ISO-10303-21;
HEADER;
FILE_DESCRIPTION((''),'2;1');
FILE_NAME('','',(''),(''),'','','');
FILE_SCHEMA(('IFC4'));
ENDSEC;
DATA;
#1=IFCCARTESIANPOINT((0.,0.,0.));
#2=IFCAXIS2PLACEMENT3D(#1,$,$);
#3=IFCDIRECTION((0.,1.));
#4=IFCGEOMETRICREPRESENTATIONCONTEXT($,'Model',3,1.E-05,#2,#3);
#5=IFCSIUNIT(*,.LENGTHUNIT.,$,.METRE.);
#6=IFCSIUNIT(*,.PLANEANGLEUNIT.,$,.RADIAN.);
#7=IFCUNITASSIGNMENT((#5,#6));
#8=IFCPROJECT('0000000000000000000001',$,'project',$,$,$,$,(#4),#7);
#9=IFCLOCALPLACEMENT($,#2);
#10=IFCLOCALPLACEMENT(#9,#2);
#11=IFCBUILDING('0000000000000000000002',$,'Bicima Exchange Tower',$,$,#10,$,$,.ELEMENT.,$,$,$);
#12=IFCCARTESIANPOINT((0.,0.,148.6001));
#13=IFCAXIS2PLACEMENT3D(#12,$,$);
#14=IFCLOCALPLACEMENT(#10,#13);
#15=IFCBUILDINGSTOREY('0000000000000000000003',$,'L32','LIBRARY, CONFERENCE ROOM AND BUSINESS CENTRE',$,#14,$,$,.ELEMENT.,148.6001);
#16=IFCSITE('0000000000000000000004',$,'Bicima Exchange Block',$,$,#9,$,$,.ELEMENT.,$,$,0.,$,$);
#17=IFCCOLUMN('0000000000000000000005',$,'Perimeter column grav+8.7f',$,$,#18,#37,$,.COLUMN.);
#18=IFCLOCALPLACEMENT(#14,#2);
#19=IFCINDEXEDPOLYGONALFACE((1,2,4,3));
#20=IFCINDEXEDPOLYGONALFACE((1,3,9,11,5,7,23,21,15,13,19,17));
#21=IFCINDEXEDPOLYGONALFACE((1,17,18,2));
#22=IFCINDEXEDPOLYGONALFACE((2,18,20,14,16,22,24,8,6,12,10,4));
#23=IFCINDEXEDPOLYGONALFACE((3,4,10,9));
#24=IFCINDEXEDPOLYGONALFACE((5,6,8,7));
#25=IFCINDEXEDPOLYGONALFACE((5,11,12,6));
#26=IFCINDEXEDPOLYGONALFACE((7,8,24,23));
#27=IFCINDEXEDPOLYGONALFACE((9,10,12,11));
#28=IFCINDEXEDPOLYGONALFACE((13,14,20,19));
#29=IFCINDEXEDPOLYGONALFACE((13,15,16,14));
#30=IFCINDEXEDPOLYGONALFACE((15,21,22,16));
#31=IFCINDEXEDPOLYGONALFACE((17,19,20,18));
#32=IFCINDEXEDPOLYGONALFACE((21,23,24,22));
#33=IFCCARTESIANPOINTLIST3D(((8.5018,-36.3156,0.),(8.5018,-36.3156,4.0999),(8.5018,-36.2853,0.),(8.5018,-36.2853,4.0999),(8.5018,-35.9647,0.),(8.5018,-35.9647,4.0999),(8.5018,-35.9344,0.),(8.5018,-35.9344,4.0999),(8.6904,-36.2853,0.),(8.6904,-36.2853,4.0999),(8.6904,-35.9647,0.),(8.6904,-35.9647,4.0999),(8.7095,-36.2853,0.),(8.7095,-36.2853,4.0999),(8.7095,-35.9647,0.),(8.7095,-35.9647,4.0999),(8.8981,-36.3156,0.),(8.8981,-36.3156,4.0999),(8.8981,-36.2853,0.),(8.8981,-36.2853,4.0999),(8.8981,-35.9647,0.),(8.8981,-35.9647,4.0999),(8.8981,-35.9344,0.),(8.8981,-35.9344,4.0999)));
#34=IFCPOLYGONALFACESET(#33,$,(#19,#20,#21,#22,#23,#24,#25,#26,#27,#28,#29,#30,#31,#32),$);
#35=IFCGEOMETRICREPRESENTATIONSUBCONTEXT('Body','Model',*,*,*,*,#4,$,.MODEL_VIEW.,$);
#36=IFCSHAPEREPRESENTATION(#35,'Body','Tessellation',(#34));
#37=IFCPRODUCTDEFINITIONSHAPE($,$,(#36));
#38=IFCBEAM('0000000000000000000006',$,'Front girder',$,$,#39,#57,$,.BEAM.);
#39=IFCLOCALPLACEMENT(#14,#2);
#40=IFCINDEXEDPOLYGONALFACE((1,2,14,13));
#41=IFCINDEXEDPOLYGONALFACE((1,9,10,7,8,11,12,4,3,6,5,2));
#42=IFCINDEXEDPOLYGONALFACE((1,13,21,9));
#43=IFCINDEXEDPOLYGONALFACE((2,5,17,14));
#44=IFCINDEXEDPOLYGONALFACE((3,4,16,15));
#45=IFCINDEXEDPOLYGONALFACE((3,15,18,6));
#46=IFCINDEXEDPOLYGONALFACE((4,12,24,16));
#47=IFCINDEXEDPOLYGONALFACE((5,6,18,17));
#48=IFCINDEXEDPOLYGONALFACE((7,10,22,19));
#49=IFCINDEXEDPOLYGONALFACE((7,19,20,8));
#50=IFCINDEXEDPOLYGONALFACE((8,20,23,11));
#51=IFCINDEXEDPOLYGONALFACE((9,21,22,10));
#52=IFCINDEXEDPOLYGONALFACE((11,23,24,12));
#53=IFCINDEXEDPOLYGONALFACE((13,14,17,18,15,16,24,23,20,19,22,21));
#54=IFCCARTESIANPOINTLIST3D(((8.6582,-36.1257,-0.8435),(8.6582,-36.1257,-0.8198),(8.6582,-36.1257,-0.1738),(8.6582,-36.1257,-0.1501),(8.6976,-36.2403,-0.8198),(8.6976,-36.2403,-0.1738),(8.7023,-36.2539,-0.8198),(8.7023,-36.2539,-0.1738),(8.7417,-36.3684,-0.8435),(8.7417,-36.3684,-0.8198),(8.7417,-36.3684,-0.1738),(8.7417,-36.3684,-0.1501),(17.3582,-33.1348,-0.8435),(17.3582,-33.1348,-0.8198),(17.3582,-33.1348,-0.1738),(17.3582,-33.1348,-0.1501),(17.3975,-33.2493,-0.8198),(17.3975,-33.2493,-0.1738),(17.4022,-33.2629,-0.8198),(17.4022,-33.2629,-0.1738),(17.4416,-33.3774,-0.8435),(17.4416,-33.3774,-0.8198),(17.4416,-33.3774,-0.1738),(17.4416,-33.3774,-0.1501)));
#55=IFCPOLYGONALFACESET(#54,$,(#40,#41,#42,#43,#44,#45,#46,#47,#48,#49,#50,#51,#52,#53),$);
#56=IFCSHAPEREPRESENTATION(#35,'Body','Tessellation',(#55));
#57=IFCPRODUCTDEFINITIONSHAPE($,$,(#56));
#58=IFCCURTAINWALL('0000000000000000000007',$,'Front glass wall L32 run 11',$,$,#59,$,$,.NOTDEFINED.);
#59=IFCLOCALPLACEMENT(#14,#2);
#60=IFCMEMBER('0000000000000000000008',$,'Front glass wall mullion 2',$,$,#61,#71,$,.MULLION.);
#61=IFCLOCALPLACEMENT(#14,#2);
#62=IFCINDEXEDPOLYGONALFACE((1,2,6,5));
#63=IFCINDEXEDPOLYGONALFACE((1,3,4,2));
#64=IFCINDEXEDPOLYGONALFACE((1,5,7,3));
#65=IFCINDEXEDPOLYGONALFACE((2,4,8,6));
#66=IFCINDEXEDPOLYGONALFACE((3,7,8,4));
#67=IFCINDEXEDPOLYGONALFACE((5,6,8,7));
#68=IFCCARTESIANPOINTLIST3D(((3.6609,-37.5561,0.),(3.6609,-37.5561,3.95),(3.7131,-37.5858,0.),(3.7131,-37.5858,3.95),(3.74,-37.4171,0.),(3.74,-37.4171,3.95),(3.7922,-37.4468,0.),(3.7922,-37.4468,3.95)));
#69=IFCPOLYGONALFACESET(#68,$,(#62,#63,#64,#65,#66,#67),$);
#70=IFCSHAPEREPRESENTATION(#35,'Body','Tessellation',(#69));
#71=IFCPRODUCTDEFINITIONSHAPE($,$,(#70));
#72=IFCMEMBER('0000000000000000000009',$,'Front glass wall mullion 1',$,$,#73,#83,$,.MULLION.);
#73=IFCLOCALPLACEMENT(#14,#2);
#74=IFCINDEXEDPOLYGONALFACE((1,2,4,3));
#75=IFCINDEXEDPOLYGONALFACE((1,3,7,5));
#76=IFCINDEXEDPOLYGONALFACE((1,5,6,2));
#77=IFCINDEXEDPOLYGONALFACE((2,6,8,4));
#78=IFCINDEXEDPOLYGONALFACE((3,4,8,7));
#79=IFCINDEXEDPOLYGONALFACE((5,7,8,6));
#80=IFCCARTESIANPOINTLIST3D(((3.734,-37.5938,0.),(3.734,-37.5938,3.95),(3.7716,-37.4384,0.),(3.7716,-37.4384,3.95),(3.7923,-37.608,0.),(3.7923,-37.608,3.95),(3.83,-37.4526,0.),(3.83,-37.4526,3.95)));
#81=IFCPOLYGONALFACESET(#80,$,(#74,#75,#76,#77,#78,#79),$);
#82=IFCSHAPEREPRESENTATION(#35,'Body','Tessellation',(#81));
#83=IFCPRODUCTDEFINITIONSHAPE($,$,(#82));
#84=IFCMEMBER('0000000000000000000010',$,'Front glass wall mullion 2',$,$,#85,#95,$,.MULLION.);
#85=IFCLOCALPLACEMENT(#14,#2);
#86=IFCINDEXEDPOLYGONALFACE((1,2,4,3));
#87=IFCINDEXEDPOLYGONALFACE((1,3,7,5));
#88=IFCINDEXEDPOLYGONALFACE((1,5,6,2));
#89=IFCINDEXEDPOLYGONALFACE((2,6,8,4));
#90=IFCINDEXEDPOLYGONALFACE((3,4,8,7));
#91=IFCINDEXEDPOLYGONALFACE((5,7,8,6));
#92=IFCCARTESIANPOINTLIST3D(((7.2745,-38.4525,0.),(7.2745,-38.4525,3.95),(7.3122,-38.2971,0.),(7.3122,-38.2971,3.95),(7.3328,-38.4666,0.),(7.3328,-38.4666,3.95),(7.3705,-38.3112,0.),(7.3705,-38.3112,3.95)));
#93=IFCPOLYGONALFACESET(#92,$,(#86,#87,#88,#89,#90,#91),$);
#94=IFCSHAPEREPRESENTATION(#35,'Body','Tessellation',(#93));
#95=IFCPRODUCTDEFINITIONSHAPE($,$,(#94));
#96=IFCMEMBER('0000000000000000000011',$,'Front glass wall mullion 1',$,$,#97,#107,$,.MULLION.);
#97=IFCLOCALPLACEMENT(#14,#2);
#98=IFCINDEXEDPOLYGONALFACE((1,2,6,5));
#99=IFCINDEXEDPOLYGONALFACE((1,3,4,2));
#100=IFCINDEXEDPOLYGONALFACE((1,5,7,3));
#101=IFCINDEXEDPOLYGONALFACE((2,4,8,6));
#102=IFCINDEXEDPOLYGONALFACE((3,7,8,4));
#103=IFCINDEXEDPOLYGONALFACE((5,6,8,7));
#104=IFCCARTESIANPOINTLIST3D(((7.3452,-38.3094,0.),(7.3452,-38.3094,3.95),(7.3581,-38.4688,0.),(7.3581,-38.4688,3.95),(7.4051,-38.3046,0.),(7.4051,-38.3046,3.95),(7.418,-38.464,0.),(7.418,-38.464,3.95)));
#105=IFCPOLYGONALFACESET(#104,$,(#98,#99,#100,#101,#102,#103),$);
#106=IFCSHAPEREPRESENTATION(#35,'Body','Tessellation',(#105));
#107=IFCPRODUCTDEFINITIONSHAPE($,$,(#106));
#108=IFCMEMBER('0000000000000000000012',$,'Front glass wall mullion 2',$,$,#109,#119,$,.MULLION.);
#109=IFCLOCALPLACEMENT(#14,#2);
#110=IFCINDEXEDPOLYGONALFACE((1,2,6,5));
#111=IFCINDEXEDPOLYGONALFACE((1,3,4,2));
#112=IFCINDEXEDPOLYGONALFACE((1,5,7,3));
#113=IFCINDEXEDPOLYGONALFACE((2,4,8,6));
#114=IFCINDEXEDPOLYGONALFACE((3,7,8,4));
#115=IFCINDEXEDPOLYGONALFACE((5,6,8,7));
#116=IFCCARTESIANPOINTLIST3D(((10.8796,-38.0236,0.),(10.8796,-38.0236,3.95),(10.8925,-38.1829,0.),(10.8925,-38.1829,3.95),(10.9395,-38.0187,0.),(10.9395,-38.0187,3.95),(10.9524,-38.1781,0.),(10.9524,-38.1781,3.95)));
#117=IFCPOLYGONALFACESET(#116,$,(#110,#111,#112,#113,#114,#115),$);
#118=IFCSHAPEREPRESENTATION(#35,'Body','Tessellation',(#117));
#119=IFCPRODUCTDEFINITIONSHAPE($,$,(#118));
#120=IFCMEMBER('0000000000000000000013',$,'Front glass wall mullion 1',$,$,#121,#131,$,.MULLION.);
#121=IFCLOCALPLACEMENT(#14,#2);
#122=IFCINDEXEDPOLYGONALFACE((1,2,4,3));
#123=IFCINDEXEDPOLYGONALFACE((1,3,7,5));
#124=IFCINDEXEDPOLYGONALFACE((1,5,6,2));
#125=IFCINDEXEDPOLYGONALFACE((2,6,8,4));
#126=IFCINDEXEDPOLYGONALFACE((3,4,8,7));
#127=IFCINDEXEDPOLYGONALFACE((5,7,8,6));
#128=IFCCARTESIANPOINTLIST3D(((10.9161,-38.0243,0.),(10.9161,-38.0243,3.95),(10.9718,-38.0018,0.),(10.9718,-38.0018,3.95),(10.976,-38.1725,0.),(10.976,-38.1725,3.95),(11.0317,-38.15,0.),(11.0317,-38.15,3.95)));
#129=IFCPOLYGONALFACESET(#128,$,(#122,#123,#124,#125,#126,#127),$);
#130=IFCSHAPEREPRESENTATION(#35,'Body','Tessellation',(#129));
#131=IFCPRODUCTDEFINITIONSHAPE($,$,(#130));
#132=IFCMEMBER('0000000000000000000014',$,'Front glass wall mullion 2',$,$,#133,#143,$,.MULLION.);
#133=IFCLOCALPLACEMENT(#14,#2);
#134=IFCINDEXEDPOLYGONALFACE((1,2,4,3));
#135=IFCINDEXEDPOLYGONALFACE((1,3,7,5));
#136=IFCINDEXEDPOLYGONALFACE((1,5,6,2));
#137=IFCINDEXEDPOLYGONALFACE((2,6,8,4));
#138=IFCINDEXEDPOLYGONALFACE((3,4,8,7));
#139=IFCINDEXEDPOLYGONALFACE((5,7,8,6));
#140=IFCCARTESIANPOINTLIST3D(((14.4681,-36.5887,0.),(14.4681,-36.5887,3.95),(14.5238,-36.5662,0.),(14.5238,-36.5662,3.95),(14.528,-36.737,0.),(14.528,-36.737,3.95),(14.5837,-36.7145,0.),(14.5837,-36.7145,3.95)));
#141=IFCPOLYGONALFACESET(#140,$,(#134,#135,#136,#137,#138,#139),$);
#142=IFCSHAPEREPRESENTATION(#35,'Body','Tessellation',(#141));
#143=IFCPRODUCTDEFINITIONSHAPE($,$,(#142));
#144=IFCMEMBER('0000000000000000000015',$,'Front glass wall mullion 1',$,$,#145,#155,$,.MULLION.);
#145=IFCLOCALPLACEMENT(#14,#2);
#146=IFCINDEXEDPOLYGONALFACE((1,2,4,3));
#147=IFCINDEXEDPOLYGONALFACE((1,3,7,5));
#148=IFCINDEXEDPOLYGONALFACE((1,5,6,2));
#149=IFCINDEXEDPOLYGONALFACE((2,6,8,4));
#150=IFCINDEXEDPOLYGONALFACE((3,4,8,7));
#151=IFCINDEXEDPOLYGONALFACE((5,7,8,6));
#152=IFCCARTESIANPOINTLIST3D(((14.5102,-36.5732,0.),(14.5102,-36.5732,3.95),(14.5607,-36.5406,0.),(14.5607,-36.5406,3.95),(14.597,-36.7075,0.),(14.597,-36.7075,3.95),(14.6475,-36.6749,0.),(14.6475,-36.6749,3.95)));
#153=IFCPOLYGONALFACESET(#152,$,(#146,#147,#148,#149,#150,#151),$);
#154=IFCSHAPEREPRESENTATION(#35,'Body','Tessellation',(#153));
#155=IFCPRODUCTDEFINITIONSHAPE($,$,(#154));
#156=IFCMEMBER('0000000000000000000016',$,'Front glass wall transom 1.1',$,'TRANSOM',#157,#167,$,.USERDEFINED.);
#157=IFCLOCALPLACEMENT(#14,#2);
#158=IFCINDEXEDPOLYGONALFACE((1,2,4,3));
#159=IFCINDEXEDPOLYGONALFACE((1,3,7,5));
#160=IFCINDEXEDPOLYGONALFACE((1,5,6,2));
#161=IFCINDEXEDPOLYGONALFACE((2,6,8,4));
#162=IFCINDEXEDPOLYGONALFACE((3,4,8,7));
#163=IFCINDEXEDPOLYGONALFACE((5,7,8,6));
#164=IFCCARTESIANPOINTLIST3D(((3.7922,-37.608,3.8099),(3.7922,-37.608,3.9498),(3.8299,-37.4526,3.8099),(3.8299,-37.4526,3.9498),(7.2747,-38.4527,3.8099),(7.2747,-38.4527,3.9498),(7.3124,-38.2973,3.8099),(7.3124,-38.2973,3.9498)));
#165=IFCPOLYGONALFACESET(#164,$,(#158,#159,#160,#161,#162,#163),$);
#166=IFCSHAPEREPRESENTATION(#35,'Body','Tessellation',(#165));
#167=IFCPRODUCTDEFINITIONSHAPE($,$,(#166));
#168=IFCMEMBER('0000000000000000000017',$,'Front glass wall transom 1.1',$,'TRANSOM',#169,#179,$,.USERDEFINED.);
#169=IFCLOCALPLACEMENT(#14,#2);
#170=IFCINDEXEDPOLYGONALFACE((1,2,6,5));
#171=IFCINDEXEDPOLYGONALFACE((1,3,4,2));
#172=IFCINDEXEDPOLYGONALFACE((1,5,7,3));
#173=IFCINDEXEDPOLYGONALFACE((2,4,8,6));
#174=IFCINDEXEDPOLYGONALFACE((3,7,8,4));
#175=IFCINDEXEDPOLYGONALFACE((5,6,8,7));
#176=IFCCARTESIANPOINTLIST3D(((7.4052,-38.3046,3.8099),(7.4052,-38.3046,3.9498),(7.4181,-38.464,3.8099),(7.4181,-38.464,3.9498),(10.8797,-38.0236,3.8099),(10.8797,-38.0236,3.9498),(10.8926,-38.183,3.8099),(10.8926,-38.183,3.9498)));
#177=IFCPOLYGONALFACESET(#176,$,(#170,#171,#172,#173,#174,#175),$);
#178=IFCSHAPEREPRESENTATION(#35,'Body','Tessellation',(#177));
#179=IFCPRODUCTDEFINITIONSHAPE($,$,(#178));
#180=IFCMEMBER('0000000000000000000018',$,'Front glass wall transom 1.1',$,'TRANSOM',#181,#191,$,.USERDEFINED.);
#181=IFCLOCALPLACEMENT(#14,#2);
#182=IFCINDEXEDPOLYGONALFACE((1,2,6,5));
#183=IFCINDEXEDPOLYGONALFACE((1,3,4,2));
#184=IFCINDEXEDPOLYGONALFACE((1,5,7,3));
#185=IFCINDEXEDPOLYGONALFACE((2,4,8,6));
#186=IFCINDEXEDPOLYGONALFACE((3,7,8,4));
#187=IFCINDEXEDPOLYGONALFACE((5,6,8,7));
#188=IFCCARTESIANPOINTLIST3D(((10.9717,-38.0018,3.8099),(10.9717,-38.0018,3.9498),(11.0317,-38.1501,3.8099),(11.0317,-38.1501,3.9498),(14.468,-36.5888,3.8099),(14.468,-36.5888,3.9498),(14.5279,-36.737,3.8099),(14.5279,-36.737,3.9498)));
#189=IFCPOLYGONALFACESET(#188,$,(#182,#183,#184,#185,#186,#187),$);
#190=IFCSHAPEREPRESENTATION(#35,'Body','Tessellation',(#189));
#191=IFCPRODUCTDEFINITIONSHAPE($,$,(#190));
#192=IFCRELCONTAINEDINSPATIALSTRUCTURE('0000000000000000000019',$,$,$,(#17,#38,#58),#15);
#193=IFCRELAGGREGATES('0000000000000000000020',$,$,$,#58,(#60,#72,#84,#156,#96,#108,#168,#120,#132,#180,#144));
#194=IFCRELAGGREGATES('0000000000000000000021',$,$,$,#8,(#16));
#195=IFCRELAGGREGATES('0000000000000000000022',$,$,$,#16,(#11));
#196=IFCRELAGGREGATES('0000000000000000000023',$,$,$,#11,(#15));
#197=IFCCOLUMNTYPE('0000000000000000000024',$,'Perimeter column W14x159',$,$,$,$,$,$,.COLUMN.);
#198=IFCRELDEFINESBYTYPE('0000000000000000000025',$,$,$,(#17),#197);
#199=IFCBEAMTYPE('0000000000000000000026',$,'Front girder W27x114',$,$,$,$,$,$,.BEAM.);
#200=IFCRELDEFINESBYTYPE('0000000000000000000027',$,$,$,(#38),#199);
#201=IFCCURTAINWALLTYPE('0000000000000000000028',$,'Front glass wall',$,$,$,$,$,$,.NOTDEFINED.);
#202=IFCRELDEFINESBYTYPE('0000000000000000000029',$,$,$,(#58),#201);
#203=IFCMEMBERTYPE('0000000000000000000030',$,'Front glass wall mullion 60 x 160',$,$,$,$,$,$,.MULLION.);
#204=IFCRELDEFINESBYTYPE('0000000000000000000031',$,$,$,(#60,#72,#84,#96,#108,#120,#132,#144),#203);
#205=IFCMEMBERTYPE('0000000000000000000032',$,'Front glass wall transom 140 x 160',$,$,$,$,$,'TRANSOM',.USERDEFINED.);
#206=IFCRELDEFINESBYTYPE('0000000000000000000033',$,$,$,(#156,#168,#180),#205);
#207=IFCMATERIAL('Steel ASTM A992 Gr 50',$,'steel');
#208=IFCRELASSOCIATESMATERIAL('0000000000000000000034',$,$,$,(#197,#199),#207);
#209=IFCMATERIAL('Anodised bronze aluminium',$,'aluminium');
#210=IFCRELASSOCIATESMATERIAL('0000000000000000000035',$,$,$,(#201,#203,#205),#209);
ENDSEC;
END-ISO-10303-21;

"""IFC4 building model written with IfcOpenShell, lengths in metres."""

from ifc_helpers import new_model, si_unit, direction, frame, origin, origin_2d, place, context, subcontext, project, spatial, rectangle, i_section, extrude, material, material_profile, profile_set, type_object, element, aggregate, save


model = new_model("IFC4")

# Units and contexts
model_context = context("Model", 3, precision=1e-05, world=origin(), true_north=direction((0.0, 1.0)))
body_context = subcontext(model_context, "Body", "Model", "MODEL_VIEW")
ifc_project = project(units=[si_unit("LENGTHUNIT", "METRE"), si_unit("PLANEANGLEUNIT", "RADIAN")], contexts=[model_context])

# Site, building, storey
site_placement = place(None, origin())
site = spatial("IfcSite", under=ifc_project, at=site_placement, Name="Bicima Exchange Block", CompositionType="ELEMENT", RefElevation=0.0)
building_placement = place(site_placement, origin())
building = spatial("IfcBuilding", under=site, at=building_placement, Name="Bicima Exchange Tower", CompositionType="ELEMENT")
storey_placement = place(building_placement, frame((0.0, 0.0, 148.6001)))
storey = spatial("IfcBuildingStorey", under=building, at=storey_placement, Name="L32", Description="LIBRARY, CONFERENCE ROOM AND BUSINESS CENTRE", CompositionType="ELEMENT", Elevation=148.6001)

# Column
ifc_material_1 = material(Name="Steel ASTM A992 Gr 50", Category="steel")
ifc_material_profile_1 = material_profile(ifc_material_1, i_section(OverallWidth=0.3962, OverallDepth=0.3811, WebThickness=0.019, FlangeThickness=0.0303, at=origin_2d()))
ifc_profile_set_1 = profile_set([ifc_material_profile_1], Name="Steel ASTM A992 Gr 50")
column_type = type_object("IfcColumnType", Name="Perimeter column W14x159", PredefinedType="COLUMN", material=ifc_profile_set_1)
column_placement = place(storey_placement, frame((8.7, -36.125, 0.0), z_axis=(0.0, 0.0, 1.0), x_axis=(1.0, 0.0, 0.0)))
element("IfcColumn", 1, at=column_placement, inside=storey, type_object=column_type, Name="Perimeter column grav+8.7f", PredefinedType="COLUMN", context=body_context, shape_type="SweptSolid", body=[
    extrude(i_section(OverallWidth=0.3962, OverallDepth=0.3811, WebThickness=0.019, FlangeThickness=0.0303, at=origin_2d()), origin(), (0.0, 0.0, 1.0), 4.0999),
])

# Beam
ifc_material_profile_2 = material_profile(ifc_material_1, i_section(OverallWidth=0.2566, OverallDepth=0.6934, WebThickness=0.0144, FlangeThickness=0.0237, at=origin_2d()))
ifc_profile_set_2 = profile_set([ifc_material_profile_2], Name="Steel ASTM A992 Gr 50")
beam_type = type_object("IfcBeamType", Name="Front girder W27x114", PredefinedType="BEAM", material=ifc_profile_set_2)
beam_placement = place(storey_placement, frame((8.7, -36.2471, -0.4968), z_axis=(0.945675, 0.325115, 0.0), x_axis=(-0.325115, 0.945675, 0.0)))
element("IfcBeam", 2, at=beam_placement, inside=storey, type_object=beam_type, Name="Front girder", PredefinedType="BEAM", context=body_context, shape_type="SweptSolid", body=[
    extrude(i_section(OverallWidth=0.2566, OverallDepth=0.6934, WebThickness=0.0144, FlangeThickness=0.0237, at=origin_2d()), origin(), (0.0, 0.0, 1.0), 9.1997),
])

# Curtain wall, members
ifc_material_2 = material(Name="Anodised bronze aluminium", Category="aluminium")
curtain_wall_type = type_object("IfcCurtainWallType", Name="Front glass wall", PredefinedType="NOTDEFINED", material=ifc_material_2)
curtain_wall_placement = place(storey_placement, origin())
curtain_wall = element("IfcCurtainWall", 3, at=curtain_wall_placement, inside=storey, type_object=curtain_wall_type, Name="Front glass wall L32 run 11", PredefinedType="NOTDEFINED")
ifc_material_profile_3 = material_profile(ifc_material_2, rectangle(XDim=0.1599, YDim=0.0601, at=origin_2d()))
ifc_profile_set_3 = profile_set([ifc_material_profile_3], Name="Anodised bronze aluminium")
member_type_1 = type_object("IfcMemberType", Name="Front glass wall mullion 60 x 160", PredefinedType="MULLION", material=ifc_profile_set_3)
member_1_placement = place(storey_placement, frame((3.7266, -37.5015, 0.0), z_axis=(0.0, 0.0, 1.0), x_axis=(0.49433, 0.869274, 0.0)))
member_1 = element("IfcMember", 4, at=member_1_placement, type_object=member_type_1, Name="Front glass wall mullion 2", PredefinedType="MULLION", context=body_context, shape_type="SweptSolid", body=[
    extrude(rectangle(XDim=0.1599, YDim=0.0601, at=origin_2d()), origin(), (0.0, 0.0, 1.0), 3.95),
])
member_2_placement = place(storey_placement, frame((3.782, -37.5232, 0.0), z_axis=(0.0, 0.0, 1.0), x_axis=(0.235682, 0.97183, 0.0)))
member_2 = element("IfcMember", 5, at=member_2_placement, type_object=member_type_1, Name="Front glass wall mullion 1", PredefinedType="MULLION", context=body_context, shape_type="SweptSolid", body=[
    extrude(rectangle(XDim=0.1599, YDim=0.0601, at=origin_2d()), origin(), (0.0, 0.0, 1.0), 3.95),
])
member_3_placement = place(storey_placement, frame((7.3225, -38.3818, 0.0), z_axis=(0.0, 0.0, 1.0), x_axis=(0.235682, 0.97183, 0.0)))
member_3 = element("IfcMember", 6, at=member_3_placement, type_object=member_type_1, Name="Front glass wall mullion 2", PredefinedType="MULLION", context=body_context, shape_type="SweptSolid", body=[
    extrude(rectangle(XDim=0.1599, YDim=0.0601, at=origin_2d()), origin(), (0.0, 0.0, 1.0), 3.95),
])
member_4_placement = place(storey_placement, frame((7.3816, -38.3867, 0.0), z_axis=(0.0, 0.0, 1.0), x_axis=(-0.080589, 0.996747, 0.0)))
member_4 = element("IfcMember", 7, at=member_4_placement, type_object=member_type_1, Name="Front glass wall mullion 1", PredefinedType="MULLION", context=body_context, shape_type="SweptSolid", body=[
    extrude(rectangle(XDim=0.1599, YDim=0.0601, at=origin_2d()), origin(), (0.0, 0.0, 1.0), 3.95),
])
member_5_placement = place(storey_placement, frame((10.916, -38.1008, 0.0), z_axis=(0.0, 0.0, 1.0), x_axis=(-0.080589, 0.996747, 0.0)))
member_5 = element("IfcMember", 8, at=member_5_placement, type_object=member_type_1, Name="Front glass wall mullion 2", PredefinedType="MULLION", context=body_context, shape_type="SweptSolid", body=[
    extrude(rectangle(XDim=0.1599, YDim=0.0601, at=origin_2d()), origin(), (0.0, 0.0, 1.0), 3.95),
])
member_6_placement = place(storey_placement, frame((10.9739, -38.0872, 0.0), z_axis=(0.0, 0.0, 1.0), x_axis=(-0.374705, 0.927144, 0.0)))
member_6 = element("IfcMember", 9, at=member_6_placement, type_object=member_type_1, Name="Front glass wall mullion 1", PredefinedType="MULLION", context=body_context, shape_type="SweptSolid", body=[
    extrude(rectangle(XDim=0.1599, YDim=0.0601, at=origin_2d()), origin(), (0.0, 0.0, 1.0), 3.95),
])
member_7_placement = place(storey_placement, frame((14.5259, -36.6516, 0.0), z_axis=(0.0, 0.0, 1.0), x_axis=(-0.374705, 0.927144, 0.0)))
member_7 = element("IfcMember", 10, at=member_7_placement, type_object=member_type_1, Name="Front glass wall mullion 2", PredefinedType="MULLION", context=body_context, shape_type="SweptSolid", body=[
    extrude(rectangle(XDim=0.1599, YDim=0.0601, at=origin_2d()), origin(), (0.0, 0.0, 1.0), 3.95),
])
member_8_placement = place(storey_placement, frame((14.5789, -36.624, 0.0), z_axis=(0.0, 0.0, 1.0), x_axis=(-0.542909, 0.839791, 0.0)))
member_8 = element("IfcMember", 11, at=member_8_placement, type_object=member_type_1, Name="Front glass wall mullion 1", PredefinedType="MULLION", context=body_context, shape_type="SweptSolid", body=[
    extrude(rectangle(XDim=0.1599, YDim=0.0601, at=origin_2d()), origin(), (0.0, 0.0, 1.0), 3.95),
])
ifc_material_profile_4 = material_profile(ifc_material_2, rectangle(XDim=0.1599, YDim=0.1399, at=origin_2d()))
ifc_profile_set_4 = profile_set([ifc_material_profile_4], Name="Anodised bronze aluminium")
member_type_2 = type_object("IfcMemberType", Name="Front glass wall transom 140 x 160", ElementType="TRANSOM", PredefinedType="USERDEFINED", material=ifc_profile_set_4)
member_9_placement = place(storey_placement, frame((3.811, -37.5303, 3.8799), z_axis=(0.971818, -0.235733, 0.0), x_axis=(0.235733, 0.971818, 0.0)))
member_9 = element("IfcMember", 12, at=member_9_placement, type_object=member_type_2, Name="Front glass wall transom 1.1", ObjectType="TRANSOM", PredefinedType="USERDEFINED", context=body_context, shape_type="SweptSolid", body=[
    extrude(rectangle(XDim=0.1599, YDim=0.1399, at=origin_2d()), origin(), (0.0, 0.0, 1.0), 3.5835),
])
member_10_placement = place(storey_placement, frame((7.4116, -38.3843, 3.8799), z_axis=(0.996746, 0.080611, 0.0), x_axis=(-0.080611, 0.996746, 0.0)))
member_10 = element("IfcMember", 13, at=member_10_placement, type_object=member_type_2, Name="Front glass wall transom 1.1", ObjectType="TRANSOM", PredefinedType="USERDEFINED", context=body_context, shape_type="SweptSolid", body=[
    extrude(rectangle(XDim=0.1599, YDim=0.1399, at=origin_2d()), origin(), (0.0, 0.0, 1.0), 3.4858),
])
member_11_placement = place(storey_placement, frame((11.0017, -38.0759, 3.8799), z_axis=(0.92714, 0.374715, 0.0), x_axis=(-0.374715, 0.92714, 0.0)))
member_11 = element("IfcMember", 14, at=member_11_placement, type_object=member_type_2, Name="Front glass wall transom 1.1", ObjectType="TRANSOM", PredefinedType="USERDEFINED", context=body_context, shape_type="SweptSolid", body=[
    extrude(rectangle(XDim=0.1599, YDim=0.1399, at=origin_2d()), origin(), (0.0, 0.0, 1.0), 3.771),
])
aggregate(curtain_wall, [member_1, member_2, member_3, member_9, member_4, member_5, member_10, member_6, member_7, member_11, member_8])

save(model, "model.ifc")
